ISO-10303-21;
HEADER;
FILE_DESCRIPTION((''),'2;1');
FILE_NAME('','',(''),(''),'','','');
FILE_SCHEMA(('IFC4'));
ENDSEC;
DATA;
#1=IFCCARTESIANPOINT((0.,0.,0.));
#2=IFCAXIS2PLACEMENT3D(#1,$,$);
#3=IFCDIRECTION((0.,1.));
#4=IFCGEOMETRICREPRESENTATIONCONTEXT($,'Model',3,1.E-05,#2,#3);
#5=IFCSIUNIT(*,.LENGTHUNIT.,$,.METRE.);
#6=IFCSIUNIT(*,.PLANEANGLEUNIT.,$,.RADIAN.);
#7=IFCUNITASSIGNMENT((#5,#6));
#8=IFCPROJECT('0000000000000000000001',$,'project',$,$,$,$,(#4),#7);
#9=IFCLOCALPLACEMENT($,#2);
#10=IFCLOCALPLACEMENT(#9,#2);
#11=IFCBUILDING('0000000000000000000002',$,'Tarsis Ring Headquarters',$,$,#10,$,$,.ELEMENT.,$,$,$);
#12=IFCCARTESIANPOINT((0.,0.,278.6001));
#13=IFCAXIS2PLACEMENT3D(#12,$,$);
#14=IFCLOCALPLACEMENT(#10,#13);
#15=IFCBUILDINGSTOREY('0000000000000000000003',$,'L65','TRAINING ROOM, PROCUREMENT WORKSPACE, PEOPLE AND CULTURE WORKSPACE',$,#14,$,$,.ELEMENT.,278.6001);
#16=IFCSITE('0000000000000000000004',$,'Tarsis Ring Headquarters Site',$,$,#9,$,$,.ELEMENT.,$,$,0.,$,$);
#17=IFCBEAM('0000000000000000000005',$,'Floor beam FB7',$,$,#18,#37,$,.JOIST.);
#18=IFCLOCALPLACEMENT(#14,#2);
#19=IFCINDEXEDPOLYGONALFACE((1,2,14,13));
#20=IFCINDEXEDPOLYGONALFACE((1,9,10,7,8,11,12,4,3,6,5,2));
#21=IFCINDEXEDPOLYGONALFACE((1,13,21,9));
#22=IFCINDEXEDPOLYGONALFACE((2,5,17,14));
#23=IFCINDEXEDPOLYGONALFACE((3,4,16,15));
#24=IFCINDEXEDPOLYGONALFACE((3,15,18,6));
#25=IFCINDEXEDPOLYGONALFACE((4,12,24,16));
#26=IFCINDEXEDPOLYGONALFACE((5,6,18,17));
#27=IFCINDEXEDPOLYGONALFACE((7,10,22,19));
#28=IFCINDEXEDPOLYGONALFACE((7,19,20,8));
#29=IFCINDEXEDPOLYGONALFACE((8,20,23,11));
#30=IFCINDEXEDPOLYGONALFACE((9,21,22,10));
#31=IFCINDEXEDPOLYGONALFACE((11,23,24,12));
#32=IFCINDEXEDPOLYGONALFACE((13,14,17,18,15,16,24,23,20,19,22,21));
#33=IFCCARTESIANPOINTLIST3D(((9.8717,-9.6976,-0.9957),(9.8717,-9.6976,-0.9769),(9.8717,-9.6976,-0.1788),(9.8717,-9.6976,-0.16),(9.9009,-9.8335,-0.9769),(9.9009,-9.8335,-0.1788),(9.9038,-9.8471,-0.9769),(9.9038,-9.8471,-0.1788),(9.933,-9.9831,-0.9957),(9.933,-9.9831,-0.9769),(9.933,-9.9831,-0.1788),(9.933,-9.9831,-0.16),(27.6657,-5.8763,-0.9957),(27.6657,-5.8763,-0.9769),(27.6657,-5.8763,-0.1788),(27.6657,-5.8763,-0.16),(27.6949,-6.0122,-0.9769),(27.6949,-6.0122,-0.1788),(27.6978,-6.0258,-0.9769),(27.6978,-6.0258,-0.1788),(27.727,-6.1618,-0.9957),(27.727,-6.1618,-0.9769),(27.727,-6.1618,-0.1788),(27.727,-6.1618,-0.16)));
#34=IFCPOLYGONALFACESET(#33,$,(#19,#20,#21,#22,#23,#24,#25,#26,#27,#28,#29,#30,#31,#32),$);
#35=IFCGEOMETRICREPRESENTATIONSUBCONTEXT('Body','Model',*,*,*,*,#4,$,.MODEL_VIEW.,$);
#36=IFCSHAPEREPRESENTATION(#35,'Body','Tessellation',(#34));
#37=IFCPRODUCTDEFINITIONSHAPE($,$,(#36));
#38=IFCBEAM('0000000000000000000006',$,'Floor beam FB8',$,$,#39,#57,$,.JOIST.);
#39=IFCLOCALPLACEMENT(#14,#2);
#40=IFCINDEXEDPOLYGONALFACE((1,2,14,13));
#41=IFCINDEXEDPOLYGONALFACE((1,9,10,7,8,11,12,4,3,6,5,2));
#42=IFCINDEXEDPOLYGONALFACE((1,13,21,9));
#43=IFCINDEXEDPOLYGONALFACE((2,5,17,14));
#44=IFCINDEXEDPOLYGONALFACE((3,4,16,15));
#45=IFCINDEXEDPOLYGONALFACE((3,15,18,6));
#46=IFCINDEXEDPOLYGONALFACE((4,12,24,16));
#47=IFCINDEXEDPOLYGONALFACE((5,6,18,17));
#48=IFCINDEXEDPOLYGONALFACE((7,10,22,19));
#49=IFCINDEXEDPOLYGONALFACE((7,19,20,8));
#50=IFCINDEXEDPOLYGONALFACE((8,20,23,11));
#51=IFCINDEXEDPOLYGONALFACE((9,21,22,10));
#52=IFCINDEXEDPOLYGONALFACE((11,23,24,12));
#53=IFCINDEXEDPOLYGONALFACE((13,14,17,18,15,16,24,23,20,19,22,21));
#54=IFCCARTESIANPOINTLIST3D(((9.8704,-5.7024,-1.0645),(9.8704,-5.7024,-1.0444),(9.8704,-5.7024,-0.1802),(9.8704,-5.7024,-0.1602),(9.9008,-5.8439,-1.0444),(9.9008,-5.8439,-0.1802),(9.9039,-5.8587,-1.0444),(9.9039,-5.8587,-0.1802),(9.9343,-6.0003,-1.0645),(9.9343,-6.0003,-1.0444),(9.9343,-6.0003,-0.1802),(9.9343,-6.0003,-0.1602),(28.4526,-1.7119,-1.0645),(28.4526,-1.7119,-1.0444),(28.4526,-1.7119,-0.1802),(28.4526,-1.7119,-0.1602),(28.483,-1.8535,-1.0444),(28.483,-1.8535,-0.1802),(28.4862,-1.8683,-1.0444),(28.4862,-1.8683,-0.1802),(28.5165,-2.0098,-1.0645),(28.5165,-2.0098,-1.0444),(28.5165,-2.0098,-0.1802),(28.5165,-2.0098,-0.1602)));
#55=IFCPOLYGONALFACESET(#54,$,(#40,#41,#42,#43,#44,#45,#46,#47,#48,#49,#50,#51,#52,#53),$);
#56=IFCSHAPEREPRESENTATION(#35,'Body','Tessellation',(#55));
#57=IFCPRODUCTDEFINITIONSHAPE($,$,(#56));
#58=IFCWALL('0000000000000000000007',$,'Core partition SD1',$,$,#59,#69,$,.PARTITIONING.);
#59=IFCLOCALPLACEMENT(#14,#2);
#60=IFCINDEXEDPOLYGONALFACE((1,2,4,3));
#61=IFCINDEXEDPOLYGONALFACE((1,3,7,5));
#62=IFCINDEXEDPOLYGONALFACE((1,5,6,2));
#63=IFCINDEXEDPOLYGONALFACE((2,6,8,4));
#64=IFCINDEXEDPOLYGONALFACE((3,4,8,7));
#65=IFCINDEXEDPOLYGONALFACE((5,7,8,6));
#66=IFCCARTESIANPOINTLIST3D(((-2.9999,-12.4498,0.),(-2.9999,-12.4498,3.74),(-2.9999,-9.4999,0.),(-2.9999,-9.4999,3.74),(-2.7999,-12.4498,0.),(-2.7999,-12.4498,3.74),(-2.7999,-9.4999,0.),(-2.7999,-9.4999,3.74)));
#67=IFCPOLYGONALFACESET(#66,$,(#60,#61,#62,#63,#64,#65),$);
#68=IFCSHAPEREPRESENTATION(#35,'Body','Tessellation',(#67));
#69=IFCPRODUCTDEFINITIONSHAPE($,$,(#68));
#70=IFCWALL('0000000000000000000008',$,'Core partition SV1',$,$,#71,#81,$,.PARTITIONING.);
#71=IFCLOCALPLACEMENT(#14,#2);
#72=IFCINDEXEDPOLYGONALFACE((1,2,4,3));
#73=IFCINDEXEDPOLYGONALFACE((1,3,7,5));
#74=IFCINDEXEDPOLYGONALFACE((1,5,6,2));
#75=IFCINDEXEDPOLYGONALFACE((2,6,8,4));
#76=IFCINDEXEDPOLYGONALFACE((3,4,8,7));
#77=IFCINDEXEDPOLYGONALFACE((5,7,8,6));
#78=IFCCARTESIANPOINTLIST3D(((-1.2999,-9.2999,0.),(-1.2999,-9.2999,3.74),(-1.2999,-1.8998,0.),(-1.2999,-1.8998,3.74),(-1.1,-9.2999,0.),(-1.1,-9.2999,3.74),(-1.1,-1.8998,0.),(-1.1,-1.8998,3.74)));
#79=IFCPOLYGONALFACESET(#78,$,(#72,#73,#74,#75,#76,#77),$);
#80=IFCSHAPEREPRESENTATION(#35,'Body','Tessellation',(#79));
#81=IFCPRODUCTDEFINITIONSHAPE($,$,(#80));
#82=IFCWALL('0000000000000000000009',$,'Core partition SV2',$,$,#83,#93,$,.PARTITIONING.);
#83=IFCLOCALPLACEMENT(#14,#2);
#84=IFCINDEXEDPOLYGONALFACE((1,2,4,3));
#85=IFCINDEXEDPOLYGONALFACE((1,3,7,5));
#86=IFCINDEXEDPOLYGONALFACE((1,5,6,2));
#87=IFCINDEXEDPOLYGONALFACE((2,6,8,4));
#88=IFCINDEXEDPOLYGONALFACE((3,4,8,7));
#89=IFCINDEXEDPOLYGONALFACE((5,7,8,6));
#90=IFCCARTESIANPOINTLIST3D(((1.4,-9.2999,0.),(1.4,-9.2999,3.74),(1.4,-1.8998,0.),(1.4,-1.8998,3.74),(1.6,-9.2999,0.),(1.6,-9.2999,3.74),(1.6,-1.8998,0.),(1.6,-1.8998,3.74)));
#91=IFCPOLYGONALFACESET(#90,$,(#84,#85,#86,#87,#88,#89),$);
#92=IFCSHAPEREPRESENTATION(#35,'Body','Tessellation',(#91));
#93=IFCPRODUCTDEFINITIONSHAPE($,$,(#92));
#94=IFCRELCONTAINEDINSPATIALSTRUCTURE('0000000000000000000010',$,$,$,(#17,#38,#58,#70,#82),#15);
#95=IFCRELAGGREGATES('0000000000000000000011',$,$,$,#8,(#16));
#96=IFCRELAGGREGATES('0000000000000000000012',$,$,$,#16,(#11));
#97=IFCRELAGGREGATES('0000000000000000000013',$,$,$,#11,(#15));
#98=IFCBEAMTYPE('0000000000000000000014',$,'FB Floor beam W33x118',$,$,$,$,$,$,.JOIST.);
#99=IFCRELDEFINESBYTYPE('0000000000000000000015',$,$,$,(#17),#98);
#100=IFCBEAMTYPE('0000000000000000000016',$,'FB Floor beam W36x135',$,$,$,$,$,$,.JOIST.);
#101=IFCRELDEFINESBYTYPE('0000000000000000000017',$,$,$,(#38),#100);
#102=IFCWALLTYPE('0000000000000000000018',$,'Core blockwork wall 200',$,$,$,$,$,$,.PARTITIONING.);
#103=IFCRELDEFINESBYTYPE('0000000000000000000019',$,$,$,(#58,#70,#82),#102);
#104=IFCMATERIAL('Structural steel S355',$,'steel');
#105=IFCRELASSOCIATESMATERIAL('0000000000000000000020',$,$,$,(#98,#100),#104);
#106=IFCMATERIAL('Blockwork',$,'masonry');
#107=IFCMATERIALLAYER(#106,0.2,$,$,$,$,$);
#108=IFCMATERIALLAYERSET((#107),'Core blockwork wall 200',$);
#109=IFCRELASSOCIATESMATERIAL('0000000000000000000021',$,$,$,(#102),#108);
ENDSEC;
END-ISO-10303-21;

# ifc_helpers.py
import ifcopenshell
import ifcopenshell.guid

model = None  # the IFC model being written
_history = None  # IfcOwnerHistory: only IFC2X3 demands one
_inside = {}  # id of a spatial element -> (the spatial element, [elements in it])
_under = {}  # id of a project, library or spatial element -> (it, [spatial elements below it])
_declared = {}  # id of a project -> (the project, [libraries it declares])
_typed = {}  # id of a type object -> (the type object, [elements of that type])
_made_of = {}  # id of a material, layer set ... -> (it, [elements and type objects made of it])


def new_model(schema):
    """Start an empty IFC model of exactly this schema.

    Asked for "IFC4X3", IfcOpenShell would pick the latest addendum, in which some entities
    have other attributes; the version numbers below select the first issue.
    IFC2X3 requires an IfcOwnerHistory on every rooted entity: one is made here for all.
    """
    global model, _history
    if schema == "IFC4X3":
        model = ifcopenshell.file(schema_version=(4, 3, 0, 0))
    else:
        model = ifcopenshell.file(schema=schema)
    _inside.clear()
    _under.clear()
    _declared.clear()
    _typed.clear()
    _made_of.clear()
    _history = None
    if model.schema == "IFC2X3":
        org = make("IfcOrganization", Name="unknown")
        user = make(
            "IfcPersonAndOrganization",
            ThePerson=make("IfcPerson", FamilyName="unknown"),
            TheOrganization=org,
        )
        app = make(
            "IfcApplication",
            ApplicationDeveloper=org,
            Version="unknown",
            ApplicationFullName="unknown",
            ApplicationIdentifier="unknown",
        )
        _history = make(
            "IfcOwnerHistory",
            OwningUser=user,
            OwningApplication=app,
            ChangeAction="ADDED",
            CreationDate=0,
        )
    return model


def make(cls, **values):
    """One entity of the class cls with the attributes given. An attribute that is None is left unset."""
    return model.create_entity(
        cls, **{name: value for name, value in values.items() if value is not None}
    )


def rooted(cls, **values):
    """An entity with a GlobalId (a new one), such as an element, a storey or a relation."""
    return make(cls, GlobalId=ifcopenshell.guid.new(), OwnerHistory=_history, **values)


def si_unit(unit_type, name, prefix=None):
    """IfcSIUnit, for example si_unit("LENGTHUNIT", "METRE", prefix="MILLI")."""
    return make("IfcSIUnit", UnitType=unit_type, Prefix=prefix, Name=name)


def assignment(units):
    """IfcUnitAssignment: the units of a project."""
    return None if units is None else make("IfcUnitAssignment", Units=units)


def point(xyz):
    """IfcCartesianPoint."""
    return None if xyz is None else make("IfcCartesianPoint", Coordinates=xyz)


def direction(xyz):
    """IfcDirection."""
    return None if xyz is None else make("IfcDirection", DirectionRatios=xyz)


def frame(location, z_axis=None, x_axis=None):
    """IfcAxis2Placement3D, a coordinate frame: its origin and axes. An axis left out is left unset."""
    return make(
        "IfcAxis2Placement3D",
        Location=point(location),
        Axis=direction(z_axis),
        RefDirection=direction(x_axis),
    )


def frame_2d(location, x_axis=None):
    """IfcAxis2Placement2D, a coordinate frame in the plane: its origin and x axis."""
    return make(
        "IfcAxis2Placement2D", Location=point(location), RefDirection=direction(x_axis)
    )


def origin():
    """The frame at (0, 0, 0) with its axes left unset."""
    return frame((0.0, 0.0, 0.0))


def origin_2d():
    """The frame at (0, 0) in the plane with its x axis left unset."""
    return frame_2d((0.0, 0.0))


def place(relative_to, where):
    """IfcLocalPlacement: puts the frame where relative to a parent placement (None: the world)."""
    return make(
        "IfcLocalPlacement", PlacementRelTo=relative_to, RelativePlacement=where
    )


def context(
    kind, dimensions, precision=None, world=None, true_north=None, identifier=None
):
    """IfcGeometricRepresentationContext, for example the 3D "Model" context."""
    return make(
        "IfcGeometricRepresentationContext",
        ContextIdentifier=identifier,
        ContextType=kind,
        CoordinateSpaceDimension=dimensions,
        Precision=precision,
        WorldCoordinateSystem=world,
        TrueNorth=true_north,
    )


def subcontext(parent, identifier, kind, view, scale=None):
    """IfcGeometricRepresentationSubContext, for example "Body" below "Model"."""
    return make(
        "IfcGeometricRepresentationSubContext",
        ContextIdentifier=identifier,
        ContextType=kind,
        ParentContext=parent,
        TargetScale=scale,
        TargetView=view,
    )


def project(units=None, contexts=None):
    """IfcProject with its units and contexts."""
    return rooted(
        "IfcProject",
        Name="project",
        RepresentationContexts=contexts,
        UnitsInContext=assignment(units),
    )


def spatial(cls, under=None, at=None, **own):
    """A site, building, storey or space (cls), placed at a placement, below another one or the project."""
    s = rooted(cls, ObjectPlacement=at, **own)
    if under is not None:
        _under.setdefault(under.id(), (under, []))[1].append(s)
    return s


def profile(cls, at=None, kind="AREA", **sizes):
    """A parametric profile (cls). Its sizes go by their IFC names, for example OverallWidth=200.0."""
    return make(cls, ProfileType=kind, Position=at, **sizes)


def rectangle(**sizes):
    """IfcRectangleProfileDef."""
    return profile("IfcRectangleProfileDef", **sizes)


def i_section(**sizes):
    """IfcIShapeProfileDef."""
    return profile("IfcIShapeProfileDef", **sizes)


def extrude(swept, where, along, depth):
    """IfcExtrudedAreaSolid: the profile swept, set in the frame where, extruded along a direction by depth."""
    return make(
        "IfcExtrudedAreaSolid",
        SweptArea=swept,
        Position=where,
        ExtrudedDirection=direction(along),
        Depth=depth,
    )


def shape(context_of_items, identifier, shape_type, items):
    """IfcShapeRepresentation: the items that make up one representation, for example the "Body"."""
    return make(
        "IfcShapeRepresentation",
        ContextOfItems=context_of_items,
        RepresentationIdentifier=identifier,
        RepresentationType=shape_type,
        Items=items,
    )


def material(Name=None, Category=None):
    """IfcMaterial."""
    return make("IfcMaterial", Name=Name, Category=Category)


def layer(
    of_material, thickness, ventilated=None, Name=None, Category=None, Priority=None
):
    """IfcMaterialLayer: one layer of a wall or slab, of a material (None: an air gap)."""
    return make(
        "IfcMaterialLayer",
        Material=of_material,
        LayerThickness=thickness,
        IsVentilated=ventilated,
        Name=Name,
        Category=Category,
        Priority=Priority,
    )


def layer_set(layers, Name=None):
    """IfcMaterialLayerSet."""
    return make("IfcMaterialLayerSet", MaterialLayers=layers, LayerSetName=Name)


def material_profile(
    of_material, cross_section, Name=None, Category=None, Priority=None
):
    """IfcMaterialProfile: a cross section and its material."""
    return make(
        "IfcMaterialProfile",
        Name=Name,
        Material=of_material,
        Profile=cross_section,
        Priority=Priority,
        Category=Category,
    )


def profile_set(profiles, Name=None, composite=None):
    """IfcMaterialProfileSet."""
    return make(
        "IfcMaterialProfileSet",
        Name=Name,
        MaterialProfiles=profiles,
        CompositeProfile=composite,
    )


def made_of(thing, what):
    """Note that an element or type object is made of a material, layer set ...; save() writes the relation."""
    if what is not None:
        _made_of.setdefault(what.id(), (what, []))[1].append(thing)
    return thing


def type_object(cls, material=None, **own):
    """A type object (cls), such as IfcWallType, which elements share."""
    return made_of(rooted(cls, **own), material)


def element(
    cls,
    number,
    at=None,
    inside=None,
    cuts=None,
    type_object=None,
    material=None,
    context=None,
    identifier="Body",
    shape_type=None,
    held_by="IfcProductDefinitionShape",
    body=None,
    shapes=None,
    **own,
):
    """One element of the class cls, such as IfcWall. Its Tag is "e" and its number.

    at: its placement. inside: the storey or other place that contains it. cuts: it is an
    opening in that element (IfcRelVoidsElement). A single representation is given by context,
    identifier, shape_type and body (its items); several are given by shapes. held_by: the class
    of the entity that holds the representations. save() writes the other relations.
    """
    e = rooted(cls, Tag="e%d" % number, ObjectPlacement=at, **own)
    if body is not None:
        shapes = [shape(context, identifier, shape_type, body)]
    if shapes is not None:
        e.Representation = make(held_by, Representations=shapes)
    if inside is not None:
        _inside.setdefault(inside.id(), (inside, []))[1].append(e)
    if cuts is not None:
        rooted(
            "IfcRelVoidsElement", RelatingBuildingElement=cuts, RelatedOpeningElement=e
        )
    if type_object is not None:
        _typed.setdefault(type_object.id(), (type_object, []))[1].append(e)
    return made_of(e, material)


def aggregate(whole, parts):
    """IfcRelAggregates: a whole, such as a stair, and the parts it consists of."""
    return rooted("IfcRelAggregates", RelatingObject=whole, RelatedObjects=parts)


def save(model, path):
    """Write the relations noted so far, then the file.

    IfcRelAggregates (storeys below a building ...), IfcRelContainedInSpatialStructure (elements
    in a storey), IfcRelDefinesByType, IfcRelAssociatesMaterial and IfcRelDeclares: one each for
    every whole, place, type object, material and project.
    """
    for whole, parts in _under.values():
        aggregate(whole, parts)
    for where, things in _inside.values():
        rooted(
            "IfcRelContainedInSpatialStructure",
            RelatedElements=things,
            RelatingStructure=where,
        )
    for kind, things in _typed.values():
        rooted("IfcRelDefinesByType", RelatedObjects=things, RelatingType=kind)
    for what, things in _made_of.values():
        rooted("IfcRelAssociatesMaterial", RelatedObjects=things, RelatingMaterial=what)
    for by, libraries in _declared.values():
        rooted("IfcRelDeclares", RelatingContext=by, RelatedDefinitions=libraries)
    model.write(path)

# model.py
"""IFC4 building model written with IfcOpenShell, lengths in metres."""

from ifc_helpers import new_model, si_unit, direction, frame, frame_2d, origin, origin_2d, place, context, subcontext, project, spatial, rectangle, i_section, extrude, material, layer, layer_set, material_profile, profile_set, type_object, element, save


model = new_model("IFC4")

# Units and contexts
model_context = context("Model", 3, precision=1e-05, world=origin(), true_north=direction((0.0, 1.0)))
body_context = subcontext(model_context, "Body", "Model", "MODEL_VIEW")
ifc_project = project(units=[si_unit("LENGTHUNIT", "METRE"), si_unit("PLANEANGLEUNIT", "RADIAN")], contexts=[model_context])

# Site, building, storey
site_placement = place(None, origin())
site = spatial("IfcSite", under=ifc_project, at=site_placement, Name="Tarsis Ring Headquarters Site", CompositionType="ELEMENT", RefElevation=0.0)
building_placement = place(site_placement, origin())
building = spatial("IfcBuilding", under=site, at=building_placement, Name="Tarsis Ring Headquarters", CompositionType="ELEMENT")
storey_placement = place(building_placement, frame((0.0, 0.0, 278.6001)))
storey = spatial("IfcBuildingStorey", under=building, at=storey_placement, Name="L65", Description="TRAINING ROOM, PROCUREMENT WORKSPACE, PEOPLE AND CULTURE WORKSPACE", CompositionType="ELEMENT", Elevation=278.6001)

# Beams
ifc_material_1 = material(Name="Structural steel S355", Category="steel")
ifc_material_profile_1 = material_profile(ifc_material_1, i_section(OverallWidth=0.292, OverallDepth=0.8357, WebThickness=0.0139, FlangeThickness=0.0188, at=origin_2d()), Name="W33x118")
ifc_profile_set_1 = profile_set([ifc_material_profile_1], Name="Structural steel S355")
beam_type_1 = type_object("IfcBeamType", Name="FB Floor beam W33x118", PredefinedType="JOIST", material=ifc_profile_set_1)
beam_1_placement = place(storey_placement, frame((9.9023, -9.8403, -0.5779), z_axis=(0.977709, 0.209965, 0.0), x_axis=(-0.209965, 0.977709, 0.0)))
element("IfcBeam", 1, at=beam_1_placement, inside=storey, type_object=beam_type_1, Name="Floor beam FB7", PredefinedType="JOIST", context=body_context, shape_type="SweptSolid", body=[
    extrude(i_section(OverallWidth=0.292, OverallDepth=0.8357, WebThickness=0.0139, FlangeThickness=0.0188, at=origin_2d()), origin(), (0.0, 0.0, 1.0), 18.1997),
])
ifc_material_profile_2 = material_profile(ifc_material_1, i_section(OverallWidth=0.3047, OverallDepth=0.9043, WebThickness=0.0151, FlangeThickness=0.02, at=origin_2d()), Name="W36x135")
ifc_profile_set_2 = profile_set([ifc_material_profile_2], Name="Structural steel S355")
beam_type_2 = type_object("IfcBeamType", Name="FB Floor beam W36x135", PredefinedType="JOIST", material=ifc_profile_set_2)
beam_2_placement = place(storey_placement, frame((9.9023, -5.8513, -0.6123), z_axis=(0.97771, 0.20996, 0.0), x_axis=(-0.20996, 0.97771, 0.0)))
element("IfcBeam", 2, at=beam_2_placement, inside=storey, type_object=beam_type_2, Name="Floor beam FB8", PredefinedType="JOIST", context=body_context, shape_type="SweptSolid", body=[
    extrude(i_section(OverallWidth=0.3047, OverallDepth=0.9043, WebThickness=0.0151, FlangeThickness=0.02, at=origin_2d()), origin(), (0.0, 0.0, 1.0), 19.0059),
])

# Walls
ifc_material_2 = material(Name="Blockwork", Category="masonry")
ifc_layer_1 = layer(ifc_material_2, 0.2)
ifc_layer_set_1 = layer_set([ifc_layer_1], Name="Core blockwork wall 200")
wall_type_1 = type_object("IfcWallType", Name="Core blockwork wall 200", PredefinedType="PARTITIONING", material=ifc_layer_set_1)
wall_1_placement = place(storey_placement, frame((-2.8999, -12.45, 0.0), z_axis=(0.0, 0.0, 1.0), x_axis=(0.0, 1.0, 0.0)))
element("IfcWall", 3, at=wall_1_placement, inside=storey, type_object=wall_type_1, Name="Core partition SD1", PredefinedType="PARTITIONING", context=body_context, shape_type="SweptSolid", body=[
    extrude(rectangle(XDim=2.95, YDim=0.2, at=frame_2d((1.4751, 0.0))), origin(), (0.0, 0.0, 1.0), 3.74),
])
for number, where, z_axis, x_axis, name in (
    (4, (-1.2, -9.3, 0.0), (0.0, 0.0, 1.0), (0.0, 1.0, 0.0), "Core partition SV1"),
    (5, (1.5, -9.3, 0.0), (0.0, 0.0, 1.0), (0.0, 1.0, 0.0), "Core partition SV2"),
):
    element("IfcWall", number, at=place(storey_placement, frame(where, z_axis=z_axis, x_axis=x_axis)), inside=storey, type_object=wall_type_1, Name=name, PredefinedType="PARTITIONING", context=body_context, shape_type="SweptSolid", body=[
        extrude(rectangle(XDim=7.4001, YDim=0.2, at=frame_2d((3.7002, 0.0))), origin(), (0.0, 0.0, 1.0), 3.74),
    ])

save(model, "model.ifc")
